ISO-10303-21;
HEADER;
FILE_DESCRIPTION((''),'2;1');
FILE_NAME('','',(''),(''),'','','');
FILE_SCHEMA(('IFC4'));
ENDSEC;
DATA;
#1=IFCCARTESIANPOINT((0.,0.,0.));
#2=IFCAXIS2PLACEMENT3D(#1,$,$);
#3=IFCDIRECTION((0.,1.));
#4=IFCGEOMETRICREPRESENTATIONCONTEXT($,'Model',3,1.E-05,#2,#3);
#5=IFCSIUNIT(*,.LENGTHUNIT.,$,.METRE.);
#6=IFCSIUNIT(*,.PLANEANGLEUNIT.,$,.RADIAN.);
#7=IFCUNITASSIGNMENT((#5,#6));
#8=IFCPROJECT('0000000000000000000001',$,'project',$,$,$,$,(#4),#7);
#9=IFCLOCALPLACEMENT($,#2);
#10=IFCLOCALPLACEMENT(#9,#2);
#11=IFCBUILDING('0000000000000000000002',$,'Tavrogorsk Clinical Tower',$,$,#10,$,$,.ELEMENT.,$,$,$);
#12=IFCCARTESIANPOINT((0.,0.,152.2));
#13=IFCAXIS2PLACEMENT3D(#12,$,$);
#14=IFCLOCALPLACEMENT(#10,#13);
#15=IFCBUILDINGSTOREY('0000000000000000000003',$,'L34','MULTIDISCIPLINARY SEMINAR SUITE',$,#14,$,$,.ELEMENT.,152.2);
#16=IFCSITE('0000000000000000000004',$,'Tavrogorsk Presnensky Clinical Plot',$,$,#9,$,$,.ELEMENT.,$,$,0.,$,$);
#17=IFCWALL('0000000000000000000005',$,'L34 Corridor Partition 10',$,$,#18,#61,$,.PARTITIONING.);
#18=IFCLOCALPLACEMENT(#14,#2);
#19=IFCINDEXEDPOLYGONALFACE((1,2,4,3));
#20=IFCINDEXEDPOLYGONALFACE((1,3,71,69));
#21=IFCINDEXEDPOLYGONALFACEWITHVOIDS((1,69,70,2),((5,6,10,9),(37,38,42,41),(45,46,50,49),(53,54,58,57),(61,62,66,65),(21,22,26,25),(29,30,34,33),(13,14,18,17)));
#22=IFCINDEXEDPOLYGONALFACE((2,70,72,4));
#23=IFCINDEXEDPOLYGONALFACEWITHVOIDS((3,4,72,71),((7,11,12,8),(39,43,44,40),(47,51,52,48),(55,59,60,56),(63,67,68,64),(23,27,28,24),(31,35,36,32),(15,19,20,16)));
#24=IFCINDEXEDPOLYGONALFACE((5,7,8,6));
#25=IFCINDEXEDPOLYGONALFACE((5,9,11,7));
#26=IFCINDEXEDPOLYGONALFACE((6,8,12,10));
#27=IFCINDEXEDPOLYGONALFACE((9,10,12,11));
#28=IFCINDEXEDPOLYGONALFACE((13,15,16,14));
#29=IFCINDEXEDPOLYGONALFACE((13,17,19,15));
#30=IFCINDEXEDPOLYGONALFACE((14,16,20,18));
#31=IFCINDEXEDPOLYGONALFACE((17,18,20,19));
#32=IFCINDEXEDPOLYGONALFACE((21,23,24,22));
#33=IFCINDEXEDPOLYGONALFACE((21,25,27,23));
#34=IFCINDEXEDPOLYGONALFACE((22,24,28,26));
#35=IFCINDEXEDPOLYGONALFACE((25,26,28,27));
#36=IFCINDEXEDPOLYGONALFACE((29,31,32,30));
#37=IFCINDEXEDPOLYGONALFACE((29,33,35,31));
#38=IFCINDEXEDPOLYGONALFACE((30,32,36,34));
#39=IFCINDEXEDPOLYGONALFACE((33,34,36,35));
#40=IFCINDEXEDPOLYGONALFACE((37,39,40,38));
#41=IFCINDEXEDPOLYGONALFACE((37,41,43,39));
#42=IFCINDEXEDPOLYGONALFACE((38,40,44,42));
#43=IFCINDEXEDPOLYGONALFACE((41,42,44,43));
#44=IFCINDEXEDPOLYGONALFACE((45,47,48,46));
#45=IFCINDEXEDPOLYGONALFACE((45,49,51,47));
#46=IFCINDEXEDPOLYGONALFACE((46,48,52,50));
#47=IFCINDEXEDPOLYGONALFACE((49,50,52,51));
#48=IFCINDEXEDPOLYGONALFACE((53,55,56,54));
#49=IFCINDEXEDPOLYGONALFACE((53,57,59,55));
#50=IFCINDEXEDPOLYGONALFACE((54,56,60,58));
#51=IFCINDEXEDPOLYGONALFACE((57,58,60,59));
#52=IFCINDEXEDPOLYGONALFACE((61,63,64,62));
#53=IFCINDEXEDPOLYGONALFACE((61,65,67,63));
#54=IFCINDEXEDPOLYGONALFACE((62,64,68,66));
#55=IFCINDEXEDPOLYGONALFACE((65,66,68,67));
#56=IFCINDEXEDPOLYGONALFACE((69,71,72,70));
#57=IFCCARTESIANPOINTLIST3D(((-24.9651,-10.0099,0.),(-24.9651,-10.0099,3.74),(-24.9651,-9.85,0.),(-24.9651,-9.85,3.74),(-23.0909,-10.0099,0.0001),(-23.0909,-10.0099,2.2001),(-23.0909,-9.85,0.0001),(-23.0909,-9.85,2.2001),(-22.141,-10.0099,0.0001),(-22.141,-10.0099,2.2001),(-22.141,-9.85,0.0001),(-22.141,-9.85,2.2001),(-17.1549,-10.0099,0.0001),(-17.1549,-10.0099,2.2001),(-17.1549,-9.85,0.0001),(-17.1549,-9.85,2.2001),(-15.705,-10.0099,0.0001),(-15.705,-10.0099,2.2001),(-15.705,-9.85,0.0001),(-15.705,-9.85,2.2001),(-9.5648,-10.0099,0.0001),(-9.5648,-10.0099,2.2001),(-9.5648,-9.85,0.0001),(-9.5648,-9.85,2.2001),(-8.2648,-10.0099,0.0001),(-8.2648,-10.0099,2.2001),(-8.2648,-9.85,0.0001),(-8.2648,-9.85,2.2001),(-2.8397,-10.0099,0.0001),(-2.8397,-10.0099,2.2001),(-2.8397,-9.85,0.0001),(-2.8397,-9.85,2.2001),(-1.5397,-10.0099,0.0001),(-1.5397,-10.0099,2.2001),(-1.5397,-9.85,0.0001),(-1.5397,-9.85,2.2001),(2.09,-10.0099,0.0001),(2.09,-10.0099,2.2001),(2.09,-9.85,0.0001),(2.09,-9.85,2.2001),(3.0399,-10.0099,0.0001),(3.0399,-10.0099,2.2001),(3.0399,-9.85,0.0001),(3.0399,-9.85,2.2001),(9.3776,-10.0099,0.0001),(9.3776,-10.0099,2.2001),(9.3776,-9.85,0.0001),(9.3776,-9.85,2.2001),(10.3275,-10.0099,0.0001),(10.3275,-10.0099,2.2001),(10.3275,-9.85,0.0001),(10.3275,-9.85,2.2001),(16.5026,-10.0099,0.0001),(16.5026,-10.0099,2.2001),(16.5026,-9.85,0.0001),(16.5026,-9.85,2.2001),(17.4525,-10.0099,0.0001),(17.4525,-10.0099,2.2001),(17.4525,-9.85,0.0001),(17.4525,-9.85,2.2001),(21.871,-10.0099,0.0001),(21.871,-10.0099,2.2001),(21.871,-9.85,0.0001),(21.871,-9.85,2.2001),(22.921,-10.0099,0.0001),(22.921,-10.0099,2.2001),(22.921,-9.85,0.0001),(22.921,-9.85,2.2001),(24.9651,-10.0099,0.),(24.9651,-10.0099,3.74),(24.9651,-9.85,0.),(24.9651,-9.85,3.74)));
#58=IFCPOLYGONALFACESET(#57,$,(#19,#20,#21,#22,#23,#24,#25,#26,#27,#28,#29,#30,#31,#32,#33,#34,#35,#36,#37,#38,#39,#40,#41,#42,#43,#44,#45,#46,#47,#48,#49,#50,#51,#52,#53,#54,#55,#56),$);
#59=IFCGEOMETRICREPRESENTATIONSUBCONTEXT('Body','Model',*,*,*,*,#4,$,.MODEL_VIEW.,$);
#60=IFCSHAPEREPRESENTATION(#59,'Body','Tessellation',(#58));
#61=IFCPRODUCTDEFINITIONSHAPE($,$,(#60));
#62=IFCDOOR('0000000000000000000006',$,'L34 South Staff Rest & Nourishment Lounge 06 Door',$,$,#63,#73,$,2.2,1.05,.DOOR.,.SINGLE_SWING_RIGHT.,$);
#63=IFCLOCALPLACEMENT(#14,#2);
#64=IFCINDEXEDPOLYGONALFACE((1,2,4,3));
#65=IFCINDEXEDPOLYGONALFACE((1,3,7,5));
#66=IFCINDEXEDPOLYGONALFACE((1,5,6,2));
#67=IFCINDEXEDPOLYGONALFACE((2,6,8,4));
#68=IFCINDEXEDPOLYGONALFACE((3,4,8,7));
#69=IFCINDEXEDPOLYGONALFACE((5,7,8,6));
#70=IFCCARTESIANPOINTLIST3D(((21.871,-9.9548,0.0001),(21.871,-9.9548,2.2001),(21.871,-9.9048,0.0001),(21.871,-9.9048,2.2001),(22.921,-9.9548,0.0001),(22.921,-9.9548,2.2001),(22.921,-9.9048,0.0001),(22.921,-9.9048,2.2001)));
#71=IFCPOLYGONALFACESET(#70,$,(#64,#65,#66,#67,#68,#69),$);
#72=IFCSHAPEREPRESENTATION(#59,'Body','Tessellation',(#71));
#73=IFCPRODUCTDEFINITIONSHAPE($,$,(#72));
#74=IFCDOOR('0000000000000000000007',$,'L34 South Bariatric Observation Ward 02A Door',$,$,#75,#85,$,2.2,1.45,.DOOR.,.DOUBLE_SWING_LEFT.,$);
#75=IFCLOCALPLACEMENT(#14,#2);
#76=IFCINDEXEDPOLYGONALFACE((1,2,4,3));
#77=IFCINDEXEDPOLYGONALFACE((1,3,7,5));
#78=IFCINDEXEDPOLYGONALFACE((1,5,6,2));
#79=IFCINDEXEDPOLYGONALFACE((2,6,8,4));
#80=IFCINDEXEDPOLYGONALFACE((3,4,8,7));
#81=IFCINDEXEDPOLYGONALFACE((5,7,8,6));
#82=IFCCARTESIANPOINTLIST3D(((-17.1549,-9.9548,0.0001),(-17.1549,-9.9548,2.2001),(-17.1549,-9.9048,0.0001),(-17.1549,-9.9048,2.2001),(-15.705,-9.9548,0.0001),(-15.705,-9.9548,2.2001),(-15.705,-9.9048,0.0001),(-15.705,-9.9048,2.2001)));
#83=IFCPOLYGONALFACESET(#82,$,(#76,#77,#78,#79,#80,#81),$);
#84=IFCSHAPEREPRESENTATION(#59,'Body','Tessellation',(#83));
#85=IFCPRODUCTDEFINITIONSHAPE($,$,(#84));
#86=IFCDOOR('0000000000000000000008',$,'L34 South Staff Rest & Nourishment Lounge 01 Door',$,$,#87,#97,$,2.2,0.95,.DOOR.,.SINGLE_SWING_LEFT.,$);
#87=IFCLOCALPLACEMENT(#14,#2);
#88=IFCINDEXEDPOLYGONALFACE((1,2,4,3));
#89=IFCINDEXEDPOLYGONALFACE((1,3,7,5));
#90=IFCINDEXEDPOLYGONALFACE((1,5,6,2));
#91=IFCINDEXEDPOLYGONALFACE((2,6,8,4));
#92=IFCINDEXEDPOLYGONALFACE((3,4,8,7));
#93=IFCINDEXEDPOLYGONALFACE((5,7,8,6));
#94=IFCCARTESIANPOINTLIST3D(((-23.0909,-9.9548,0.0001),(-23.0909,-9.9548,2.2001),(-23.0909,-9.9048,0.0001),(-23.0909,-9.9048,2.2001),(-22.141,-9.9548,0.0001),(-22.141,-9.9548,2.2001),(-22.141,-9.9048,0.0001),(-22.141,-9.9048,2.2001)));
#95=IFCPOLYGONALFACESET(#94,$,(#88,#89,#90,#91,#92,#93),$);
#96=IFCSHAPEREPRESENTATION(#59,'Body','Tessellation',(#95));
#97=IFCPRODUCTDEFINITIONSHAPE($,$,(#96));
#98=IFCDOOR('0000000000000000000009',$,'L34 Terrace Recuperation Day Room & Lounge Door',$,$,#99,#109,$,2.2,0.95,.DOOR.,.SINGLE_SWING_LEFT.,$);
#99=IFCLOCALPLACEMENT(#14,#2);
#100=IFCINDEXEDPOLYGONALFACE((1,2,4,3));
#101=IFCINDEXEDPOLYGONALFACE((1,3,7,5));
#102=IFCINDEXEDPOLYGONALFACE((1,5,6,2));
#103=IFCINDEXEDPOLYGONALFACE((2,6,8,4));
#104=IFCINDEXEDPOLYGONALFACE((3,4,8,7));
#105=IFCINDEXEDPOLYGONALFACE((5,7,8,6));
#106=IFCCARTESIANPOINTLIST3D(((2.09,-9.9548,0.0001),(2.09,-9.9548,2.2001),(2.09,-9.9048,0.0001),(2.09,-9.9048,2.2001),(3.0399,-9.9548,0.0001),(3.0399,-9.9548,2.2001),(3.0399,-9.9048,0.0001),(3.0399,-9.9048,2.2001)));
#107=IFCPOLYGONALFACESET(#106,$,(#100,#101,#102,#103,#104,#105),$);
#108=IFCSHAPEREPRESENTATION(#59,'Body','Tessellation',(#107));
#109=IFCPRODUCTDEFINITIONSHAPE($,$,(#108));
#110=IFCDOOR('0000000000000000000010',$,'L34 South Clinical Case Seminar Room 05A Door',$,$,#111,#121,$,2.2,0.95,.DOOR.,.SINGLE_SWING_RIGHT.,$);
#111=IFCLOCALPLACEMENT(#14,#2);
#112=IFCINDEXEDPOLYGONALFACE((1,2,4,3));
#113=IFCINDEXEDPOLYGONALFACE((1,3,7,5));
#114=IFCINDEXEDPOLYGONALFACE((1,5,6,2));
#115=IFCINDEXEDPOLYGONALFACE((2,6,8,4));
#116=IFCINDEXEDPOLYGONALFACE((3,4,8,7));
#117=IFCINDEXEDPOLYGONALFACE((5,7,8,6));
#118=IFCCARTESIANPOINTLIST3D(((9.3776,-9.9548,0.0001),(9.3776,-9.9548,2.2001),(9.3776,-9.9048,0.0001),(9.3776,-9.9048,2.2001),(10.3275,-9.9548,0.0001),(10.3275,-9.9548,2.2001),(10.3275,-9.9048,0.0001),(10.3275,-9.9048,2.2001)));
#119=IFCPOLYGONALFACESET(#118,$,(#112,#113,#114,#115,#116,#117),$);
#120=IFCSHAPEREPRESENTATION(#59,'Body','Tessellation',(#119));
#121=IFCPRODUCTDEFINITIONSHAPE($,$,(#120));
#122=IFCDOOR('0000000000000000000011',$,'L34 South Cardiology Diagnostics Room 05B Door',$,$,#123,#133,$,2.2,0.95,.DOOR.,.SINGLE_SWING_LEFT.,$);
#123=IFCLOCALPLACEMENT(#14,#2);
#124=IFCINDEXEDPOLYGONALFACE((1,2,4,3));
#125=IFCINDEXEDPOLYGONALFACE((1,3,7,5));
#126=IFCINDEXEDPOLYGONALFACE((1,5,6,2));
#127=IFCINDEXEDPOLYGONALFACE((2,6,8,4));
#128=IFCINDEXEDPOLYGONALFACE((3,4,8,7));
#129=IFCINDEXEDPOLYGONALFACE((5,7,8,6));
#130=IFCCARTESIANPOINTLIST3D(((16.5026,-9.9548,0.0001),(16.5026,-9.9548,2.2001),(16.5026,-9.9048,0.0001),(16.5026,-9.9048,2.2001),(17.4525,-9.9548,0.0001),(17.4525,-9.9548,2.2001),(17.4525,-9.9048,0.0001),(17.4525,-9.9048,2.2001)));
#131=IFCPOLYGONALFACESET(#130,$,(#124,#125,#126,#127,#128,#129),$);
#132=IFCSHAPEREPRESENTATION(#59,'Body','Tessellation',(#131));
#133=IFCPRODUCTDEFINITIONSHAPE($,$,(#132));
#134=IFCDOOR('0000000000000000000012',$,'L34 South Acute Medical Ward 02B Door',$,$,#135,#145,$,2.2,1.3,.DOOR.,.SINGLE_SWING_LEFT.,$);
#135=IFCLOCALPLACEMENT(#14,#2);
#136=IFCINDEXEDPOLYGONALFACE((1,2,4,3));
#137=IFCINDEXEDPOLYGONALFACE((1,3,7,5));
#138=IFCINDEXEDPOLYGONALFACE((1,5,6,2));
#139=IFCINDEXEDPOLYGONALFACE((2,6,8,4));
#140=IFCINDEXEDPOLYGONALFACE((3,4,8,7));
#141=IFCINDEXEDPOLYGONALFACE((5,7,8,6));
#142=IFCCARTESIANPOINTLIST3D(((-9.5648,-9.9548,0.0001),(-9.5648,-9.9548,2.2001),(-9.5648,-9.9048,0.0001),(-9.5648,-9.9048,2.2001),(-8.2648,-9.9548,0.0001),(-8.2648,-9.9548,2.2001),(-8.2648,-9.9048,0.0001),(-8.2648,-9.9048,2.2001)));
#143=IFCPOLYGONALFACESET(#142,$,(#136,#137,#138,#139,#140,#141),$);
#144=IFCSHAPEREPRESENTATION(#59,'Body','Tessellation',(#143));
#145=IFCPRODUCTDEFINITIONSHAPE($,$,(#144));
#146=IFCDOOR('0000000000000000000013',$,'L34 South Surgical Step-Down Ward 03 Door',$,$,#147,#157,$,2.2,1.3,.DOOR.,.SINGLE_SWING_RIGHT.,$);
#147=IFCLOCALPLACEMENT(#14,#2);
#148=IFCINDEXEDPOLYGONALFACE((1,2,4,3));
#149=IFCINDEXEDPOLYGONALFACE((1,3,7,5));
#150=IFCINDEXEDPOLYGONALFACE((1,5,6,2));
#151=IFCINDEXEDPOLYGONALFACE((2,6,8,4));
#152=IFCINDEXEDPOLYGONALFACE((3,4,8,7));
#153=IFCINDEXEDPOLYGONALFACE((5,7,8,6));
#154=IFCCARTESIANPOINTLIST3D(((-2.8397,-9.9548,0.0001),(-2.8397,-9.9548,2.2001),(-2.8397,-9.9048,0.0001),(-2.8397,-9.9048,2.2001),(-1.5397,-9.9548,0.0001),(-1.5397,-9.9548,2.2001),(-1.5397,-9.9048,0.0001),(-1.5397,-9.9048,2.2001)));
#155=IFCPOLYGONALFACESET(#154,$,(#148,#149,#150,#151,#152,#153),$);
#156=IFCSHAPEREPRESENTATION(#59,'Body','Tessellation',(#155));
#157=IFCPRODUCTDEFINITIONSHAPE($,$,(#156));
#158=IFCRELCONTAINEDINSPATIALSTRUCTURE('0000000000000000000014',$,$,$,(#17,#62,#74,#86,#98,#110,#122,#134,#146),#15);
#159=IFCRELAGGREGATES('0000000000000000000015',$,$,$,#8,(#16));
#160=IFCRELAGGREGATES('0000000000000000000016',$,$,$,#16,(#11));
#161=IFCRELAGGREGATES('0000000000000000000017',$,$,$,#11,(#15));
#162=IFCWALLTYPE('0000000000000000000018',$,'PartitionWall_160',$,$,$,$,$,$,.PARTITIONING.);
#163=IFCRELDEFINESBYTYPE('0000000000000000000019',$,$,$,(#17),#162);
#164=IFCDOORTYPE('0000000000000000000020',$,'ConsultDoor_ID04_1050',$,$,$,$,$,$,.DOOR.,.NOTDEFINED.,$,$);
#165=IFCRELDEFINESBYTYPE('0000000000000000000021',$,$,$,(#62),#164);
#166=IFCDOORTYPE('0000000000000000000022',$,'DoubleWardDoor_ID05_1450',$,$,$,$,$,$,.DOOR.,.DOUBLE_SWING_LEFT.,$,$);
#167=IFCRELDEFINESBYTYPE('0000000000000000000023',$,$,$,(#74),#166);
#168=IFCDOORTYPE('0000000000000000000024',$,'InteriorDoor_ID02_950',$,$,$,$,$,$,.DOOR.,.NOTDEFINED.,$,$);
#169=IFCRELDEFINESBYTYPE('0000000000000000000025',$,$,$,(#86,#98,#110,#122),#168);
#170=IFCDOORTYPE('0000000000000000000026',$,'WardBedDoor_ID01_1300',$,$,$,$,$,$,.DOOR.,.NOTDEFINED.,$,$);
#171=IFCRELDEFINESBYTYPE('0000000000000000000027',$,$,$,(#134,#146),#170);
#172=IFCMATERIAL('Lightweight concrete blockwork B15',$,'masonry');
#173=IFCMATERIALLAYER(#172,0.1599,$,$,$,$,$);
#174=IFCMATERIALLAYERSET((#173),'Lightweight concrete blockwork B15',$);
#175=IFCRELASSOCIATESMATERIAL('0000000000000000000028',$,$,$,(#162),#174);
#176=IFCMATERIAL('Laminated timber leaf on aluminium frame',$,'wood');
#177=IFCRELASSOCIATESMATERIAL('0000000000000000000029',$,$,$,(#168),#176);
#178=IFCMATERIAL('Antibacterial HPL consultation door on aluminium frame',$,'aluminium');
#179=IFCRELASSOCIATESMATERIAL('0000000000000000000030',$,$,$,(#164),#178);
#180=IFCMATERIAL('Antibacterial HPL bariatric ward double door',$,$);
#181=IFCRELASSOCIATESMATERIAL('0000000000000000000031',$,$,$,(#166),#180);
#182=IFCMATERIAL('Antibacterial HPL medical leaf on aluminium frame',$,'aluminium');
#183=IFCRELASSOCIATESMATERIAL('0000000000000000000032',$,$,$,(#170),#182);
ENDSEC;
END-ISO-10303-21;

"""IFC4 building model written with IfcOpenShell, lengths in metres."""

from ifc_helpers import new_model, si_unit, direction, frame, frame_2d, origin, place, context, subcontext, project, spatial, rectangle, extrude, material, layer, layer_set, type_object, element, fill, save


model = new_model("IFC4")

# Units and contexts
model_context = context("Model", 3, precision=1e-05, world=origin(), true_north=direction((0.0, 1.0)))
body_context = subcontext(model_context, "Body", "Model", "MODEL_VIEW")
ifc_project = project(units=[si_unit("LENGTHUNIT", "METRE"), si_unit("PLANEANGLEUNIT", "RADIAN")], contexts=[model_context])

# Site, building, storey
site_placement = place(None, origin())
site = spatial("IfcSite", under=ifc_project, at=site_placement, Name="Tavrogorsk Presnensky Clinical Plot", CompositionType="ELEMENT", RefElevation=0.0)
building_placement = place(site_placement, origin())
building = spatial("IfcBuilding", under=site, at=building_placement, Name="Tavrogorsk Clinical Tower", CompositionType="ELEMENT")
storey_placement = place(building_placement, frame((0.0, 0.0, 152.2)))
storey = spatial("IfcBuildingStorey", under=building, at=storey_placement, Name="L34", Description="MULTIDISCIPLINARY SEMINAR SUITE", CompositionType="ELEMENT", Elevation=152.2)

# Shared definitions
ifc_material_1 = material(Name="Lightweight concrete blockwork B15", Category="masonry")
ifc_layer = layer(ifc_material_1, 0.1599)
ifc_layer_set = layer_set([ifc_layer], Name="Lightweight concrete blockwork B15")
wall_type = type_object("IfcWallType", Name="PartitionWall_160", PredefinedType="PARTITIONING", material=ifc_layer_set)
ifc_material_2 = material(Name="Laminated timber leaf on aluminium frame", Category="wood")
door_type_1 = type_object("IfcDoorType", Name="InteriorDoor_ID02_950", OperationType="NOTDEFINED", PredefinedType="DOOR", material=ifc_material_2)

# Wall, openings, doors
wall_1_placement = place(storey_placement, frame((24.9651, -9.9299, 0.0), z_axis=(0.0, 0.0, 1.0), x_axis=(-1.0, 0.0, 0.0)))
wall_1 = element("IfcWall", 1, at=wall_1_placement, inside=storey, type_object=wall_type, Name="L34 Corridor Partition 10", PredefinedType="PARTITIONING", context=body_context, shape_type="SweptSolid", body=[
    extrude(rectangle(XDim=49.9302, YDim=0.1599, at=frame_2d((24.9651, 0.0))), origin(), (0.0, 0.0, 1.0), 3.74),
])
opening_1_placement = place(wall_1_placement, frame((47.106, 0.0, 0.0)))
opening_1 = element("IfcOpeningElement", 2, at=opening_1_placement, cuts=wall_1, PredefinedType="OPENING", context=body_context, shape_type="SweptSolid", body=[
    extrude(rectangle(XDim=0.95, YDim=2.2, at=frame_2d((0.4751, 1.1001))), frame((0.0, 0.0898, 0.0), z_axis=(0.0, -1.0, 0.0), x_axis=(1.0, 0.0, 0.0)), (0.0, 0.0, 1.0), 0.1799),
])
opening_2_placement = place(wall_1_placement, frame((40.6699, 0.0, 0.0)))
opening_2 = element("IfcOpeningElement", 3, at=opening_2_placement, cuts=wall_1, PredefinedType="OPENING", context=body_context, shape_type="SweptSolid", body=[
    extrude(rectangle(XDim=1.45, YDim=2.2, at=frame_2d((0.7251, 1.1001))), frame((0.0, 0.0898, 0.0), z_axis=(0.0, -1.0, 0.0), x_axis=(1.0, 0.0, 0.0)), (0.0, 0.0, 1.0), 0.1799),
])
opening_3_placement = place(wall_1_placement, frame((33.23, 0.0, 0.0)))
opening_3 = element("IfcOpeningElement", 4, at=opening_3_placement, cuts=wall_1, PredefinedType="OPENING", context=body_context, shape_type="SweptSolid", body=[
    extrude(rectangle(XDim=1.3, YDim=2.2, at=frame_2d((0.6499, 1.1001))), frame((0.0, 0.0898, 0.0), z_axis=(0.0, -1.0, 0.0), x_axis=(1.0, 0.0, 0.0)), (0.0, 0.0, 1.0), 0.1799),
])
opening_4_placement = place(wall_1_placement, frame((26.5049, 0.0, 0.0)))
opening_4 = element("IfcOpeningElement", 5, at=opening_4_placement, cuts=wall_1, PredefinedType="OPENING", context=body_context, shape_type="SweptSolid", body=[
    extrude(rectangle(XDim=1.3, YDim=2.2, at=frame_2d((0.6499, 1.1001))), frame((0.0, 0.0898, 0.0), z_axis=(0.0, -1.0, 0.0), x_axis=(1.0, 0.0, 0.0)), (0.0, 0.0, 1.0), 0.1799),
])
opening_5_placement = place(wall_1_placement, frame((21.925, 0.0, 0.0)))
opening_5 = element("IfcOpeningElement", 6, at=opening_5_placement, cuts=wall_1, PredefinedType="OPENING", context=body_context, shape_type="SweptSolid", body=[
    extrude(rectangle(XDim=0.95, YDim=2.2, at=frame_2d((0.4751, 1.1001))), frame((0.0, 0.0898, 0.0), z_axis=(0.0, -1.0, 0.0), x_axis=(1.0, 0.0, 0.0)), (0.0, 0.0, 1.0), 0.1799),
])
opening_6_placement = place(wall_1_placement, frame((14.6375, 0.0, 0.0)))
opening_6 = element("IfcOpeningElement", 7, at=opening_6_placement, cuts=wall_1, PredefinedType="OPENING", context=body_context, shape_type="SweptSolid", body=[
    extrude(rectangle(XDim=0.95, YDim=2.2, at=frame_2d((0.4751, 1.1001))), frame((0.0, 0.0898, 0.0), z_axis=(0.0, -1.0, 0.0), x_axis=(1.0, 0.0, 0.0)), (0.0, 0.0, 1.0), 0.1799),
])
opening_7_placement = place(wall_1_placement, frame((7.5125, 0.0, 0.0)))
opening_7 = element("IfcOpeningElement", 8, at=opening_7_placement, cuts=wall_1, PredefinedType="OPENING", context=body_context, shape_type="SweptSolid", body=[
    extrude(rectangle(XDim=0.95, YDim=2.2, at=frame_2d((0.4751, 1.1001))), frame((0.0, 0.0898, 0.0), z_axis=(0.0, -1.0, 0.0), x_axis=(1.0, 0.0, 0.0)), (0.0, 0.0, 1.0), 0.1799),
])
opening_8_placement = place(wall_1_placement, frame((2.0442, 0.0, 0.0)))
opening_8 = element("IfcOpeningElement", 9, at=opening_8_placement, cuts=wall_1, PredefinedType="OPENING", context=body_context, shape_type="SweptSolid", body=[
    extrude(rectangle(XDim=1.05, YDim=2.2, at=frame_2d((0.5249, 1.1001))), frame((0.0, 0.0898, 0.0), z_axis=(0.0, -1.0, 0.0), x_axis=(1.0, 0.0, 0.0)), (0.0, 0.0, 1.0), 0.1799),
])
ifc_material_3 = material(Name="Antibacterial HPL consultation door on aluminium frame", Category="aluminium")
door_type_2 = type_object("IfcDoorType", Name="ConsultDoor_ID04_1050", OperationType="NOTDEFINED", PredefinedType="DOOR", material=ifc_material_3)
door_1_placement = place(opening_8_placement, origin())
door_1 = element("IfcDoor", 10, at=door_1_placement, inside=storey, type_object=door_type_2, Name="L34 South Staff Rest & Nourishment Lounge 06 Door", OperationType="SINGLE_SWING_RIGHT", OverallHeight=2.2, OverallWidth=1.05, PredefinedType="DOOR", context=body_context, shape_type="SweptSolid", body=[
    extrude(rectangle(XDim=1.05, YDim=2.2, at=frame_2d((0.5249, 1.1001))), frame((0.0, 0.0249, 0.0), z_axis=(0.0, -1.0, 0.0), x_axis=(1.0, 0.0, 0.0)), (0.0, 0.0, 1.0), 0.05),
])
fill(opening_8, door_1)
ifc_material_4 = material(Name="Antibacterial HPL bariatric ward double door")
door_type_3 = type_object("IfcDoorType", Name="DoubleWardDoor_ID05_1450", OperationType="DOUBLE_SWING_LEFT", PredefinedType="DOOR", material=ifc_material_4)
door_2_placement = place(opening_2_placement, origin())
door_2 = element("IfcDoor", 11, at=door_2_placement, inside=storey, type_object=door_type_3, Name="L34 South Bariatric Observation Ward 02A Door", OperationType="DOUBLE_SWING_LEFT", OverallHeight=2.2, OverallWidth=1.45, PredefinedType="DOOR", context=body_context, shape_type="SweptSolid", body=[
    extrude(rectangle(XDim=1.45, YDim=2.2, at=frame_2d((0.7251, 1.1001))), frame((0.0, 0.0249, 0.0), z_axis=(0.0, -1.0, 0.0), x_axis=(1.0, 0.0, 0.0)), (0.0, 0.0, 1.0), 0.05),
])
fill(opening_2, door_2)
door_3_placement = place(opening_1_placement, origin())
door_3 = element("IfcDoor", 12, at=door_3_placement, inside=storey, type_object=door_type_1, Name="L34 South Staff Rest & Nourishment Lounge 01 Door", OperationType="SINGLE_SWING_LEFT", OverallHeight=2.2, OverallWidth=0.95, PredefinedType="DOOR", context=body_context, shape_type="SweptSolid", body=[
    extrude(rectangle(XDim=0.95, YDim=2.2, at=frame_2d((0.4751, 1.1001))), frame((0.0, 0.0249, 0.0), z_axis=(0.0, -1.0, 0.0), x_axis=(1.0, 0.0, 0.0)), (0.0, 0.0, 1.0), 0.05),
])
fill(opening_1, door_3)
door_4_placement = place(opening_5_placement, origin())
door_4 = element("IfcDoor", 13, at=door_4_placement, inside=storey, type_object=door_type_1, Name="L34 Terrace Recuperation Day Room & Lounge Door", OperationType="SINGLE_SWING_LEFT", OverallHeight=2.2, OverallWidth=0.95, PredefinedType="DOOR", context=body_context, shape_type="SweptSolid", body=[
    extrude(rectangle(XDim=0.95, YDim=2.2, at=frame_2d((0.4751, 1.1001))), frame((0.0, 0.0249, 0.0), z_axis=(0.0, -1.0, 0.0), x_axis=(1.0, 0.0, 0.0)), (0.0, 0.0, 1.0), 0.05),
])
fill(opening_5, door_4)
door_5_placement = place(opening_6_placement, origin())
door_5 = element("IfcDoor", 14, at=door_5_placement, inside=storey, type_object=door_type_1, Name="L34 South Clinical Case Seminar Room 05A Door", OperationType="SINGLE_SWING_RIGHT", OverallHeight=2.2, OverallWidth=0.95, PredefinedType="DOOR", context=body_context, shape_type="SweptSolid", body=[
    extrude(rectangle(XDim=0.95, YDim=2.2, at=frame_2d((0.4751, 1.1001))), frame((0.0, 0.0249, 0.0), z_axis=(0.0, -1.0, 0.0), x_axis=(1.0, 0.0, 0.0)), (0.0, 0.0, 1.0), 0.05),
])
fill(opening_6, door_5)
door_6_placement = place(opening_7_placement, origin())
door_6 = element("IfcDoor", 15, at=door_6_placement, inside=storey, type_object=door_type_1, Name="L34 South Cardiology Diagnostics Room 05B Door", OperationType="SINGLE_SWING_LEFT", OverallHeight=2.2, OverallWidth=0.95, PredefinedType="DOOR", context=body_context, shape_type="SweptSolid", body=[
    extrude(rectangle(XDim=0.95, YDim=2.2, at=frame_2d((0.4751, 1.1001))), frame((0.0, 0.0249, 0.0), z_axis=(0.0, -1.0, 0.0), x_axis=(1.0, 0.0, 0.0)), (0.0, 0.0, 1.0), 0.05),
])
fill(opening_7, door_6)
ifc_material_5 = material(Name="Antibacterial HPL medical leaf on aluminium frame", Category="aluminium")
door_type_4 = type_object("IfcDoorType", Name="WardBedDoor_ID01_1300", OperationType="NOTDEFINED", PredefinedType="DOOR", material=ifc_material_5)
door_7_placement = place(opening_3_placement, origin())
door_7 = element("IfcDoor", 16, at=door_7_placement, inside=storey, type_object=door_type_4, Name="L34 South Acute Medical Ward 02B Door", OperationType="SINGLE_SWING_LEFT", OverallHeight=2.2, OverallWidth=1.3, PredefinedType="DOOR", context=body_context, shape_type="SweptSolid", body=[
    extrude(rectangle(XDim=1.3, YDim=2.2, at=frame_2d((0.6499, 1.1001))), frame((0.0, 0.0249, 0.0), z_axis=(0.0, -1.0, 0.0), x_axis=(1.0, 0.0, 0.0)), (0.0, 0.0, 1.0), 0.05),
])
fill(opening_3, door_7)
door_8_placement = place(opening_4_placement, origin())
door_8 = element("IfcDoor", 17, at=door_8_placement, inside=storey, type_object=door_type_4, Name="L34 South Surgical Step-Down Ward 03 Door", OperationType="SINGLE_SWING_RIGHT", OverallHeight=2.2, OverallWidth=1.3, PredefinedType="DOOR", context=body_context, shape_type="SweptSolid", body=[
    extrude(rectangle(XDim=1.3, YDim=2.2, at=frame_2d((0.6499, 1.1001))), frame((0.0, 0.0249, 0.0), z_axis=(0.0, -1.0, 0.0), x_axis=(1.0, 0.0, 0.0)), (0.0, 0.0, 1.0), 0.05),
])
fill(opening_4, door_8)

save(model, "model.ifc")
